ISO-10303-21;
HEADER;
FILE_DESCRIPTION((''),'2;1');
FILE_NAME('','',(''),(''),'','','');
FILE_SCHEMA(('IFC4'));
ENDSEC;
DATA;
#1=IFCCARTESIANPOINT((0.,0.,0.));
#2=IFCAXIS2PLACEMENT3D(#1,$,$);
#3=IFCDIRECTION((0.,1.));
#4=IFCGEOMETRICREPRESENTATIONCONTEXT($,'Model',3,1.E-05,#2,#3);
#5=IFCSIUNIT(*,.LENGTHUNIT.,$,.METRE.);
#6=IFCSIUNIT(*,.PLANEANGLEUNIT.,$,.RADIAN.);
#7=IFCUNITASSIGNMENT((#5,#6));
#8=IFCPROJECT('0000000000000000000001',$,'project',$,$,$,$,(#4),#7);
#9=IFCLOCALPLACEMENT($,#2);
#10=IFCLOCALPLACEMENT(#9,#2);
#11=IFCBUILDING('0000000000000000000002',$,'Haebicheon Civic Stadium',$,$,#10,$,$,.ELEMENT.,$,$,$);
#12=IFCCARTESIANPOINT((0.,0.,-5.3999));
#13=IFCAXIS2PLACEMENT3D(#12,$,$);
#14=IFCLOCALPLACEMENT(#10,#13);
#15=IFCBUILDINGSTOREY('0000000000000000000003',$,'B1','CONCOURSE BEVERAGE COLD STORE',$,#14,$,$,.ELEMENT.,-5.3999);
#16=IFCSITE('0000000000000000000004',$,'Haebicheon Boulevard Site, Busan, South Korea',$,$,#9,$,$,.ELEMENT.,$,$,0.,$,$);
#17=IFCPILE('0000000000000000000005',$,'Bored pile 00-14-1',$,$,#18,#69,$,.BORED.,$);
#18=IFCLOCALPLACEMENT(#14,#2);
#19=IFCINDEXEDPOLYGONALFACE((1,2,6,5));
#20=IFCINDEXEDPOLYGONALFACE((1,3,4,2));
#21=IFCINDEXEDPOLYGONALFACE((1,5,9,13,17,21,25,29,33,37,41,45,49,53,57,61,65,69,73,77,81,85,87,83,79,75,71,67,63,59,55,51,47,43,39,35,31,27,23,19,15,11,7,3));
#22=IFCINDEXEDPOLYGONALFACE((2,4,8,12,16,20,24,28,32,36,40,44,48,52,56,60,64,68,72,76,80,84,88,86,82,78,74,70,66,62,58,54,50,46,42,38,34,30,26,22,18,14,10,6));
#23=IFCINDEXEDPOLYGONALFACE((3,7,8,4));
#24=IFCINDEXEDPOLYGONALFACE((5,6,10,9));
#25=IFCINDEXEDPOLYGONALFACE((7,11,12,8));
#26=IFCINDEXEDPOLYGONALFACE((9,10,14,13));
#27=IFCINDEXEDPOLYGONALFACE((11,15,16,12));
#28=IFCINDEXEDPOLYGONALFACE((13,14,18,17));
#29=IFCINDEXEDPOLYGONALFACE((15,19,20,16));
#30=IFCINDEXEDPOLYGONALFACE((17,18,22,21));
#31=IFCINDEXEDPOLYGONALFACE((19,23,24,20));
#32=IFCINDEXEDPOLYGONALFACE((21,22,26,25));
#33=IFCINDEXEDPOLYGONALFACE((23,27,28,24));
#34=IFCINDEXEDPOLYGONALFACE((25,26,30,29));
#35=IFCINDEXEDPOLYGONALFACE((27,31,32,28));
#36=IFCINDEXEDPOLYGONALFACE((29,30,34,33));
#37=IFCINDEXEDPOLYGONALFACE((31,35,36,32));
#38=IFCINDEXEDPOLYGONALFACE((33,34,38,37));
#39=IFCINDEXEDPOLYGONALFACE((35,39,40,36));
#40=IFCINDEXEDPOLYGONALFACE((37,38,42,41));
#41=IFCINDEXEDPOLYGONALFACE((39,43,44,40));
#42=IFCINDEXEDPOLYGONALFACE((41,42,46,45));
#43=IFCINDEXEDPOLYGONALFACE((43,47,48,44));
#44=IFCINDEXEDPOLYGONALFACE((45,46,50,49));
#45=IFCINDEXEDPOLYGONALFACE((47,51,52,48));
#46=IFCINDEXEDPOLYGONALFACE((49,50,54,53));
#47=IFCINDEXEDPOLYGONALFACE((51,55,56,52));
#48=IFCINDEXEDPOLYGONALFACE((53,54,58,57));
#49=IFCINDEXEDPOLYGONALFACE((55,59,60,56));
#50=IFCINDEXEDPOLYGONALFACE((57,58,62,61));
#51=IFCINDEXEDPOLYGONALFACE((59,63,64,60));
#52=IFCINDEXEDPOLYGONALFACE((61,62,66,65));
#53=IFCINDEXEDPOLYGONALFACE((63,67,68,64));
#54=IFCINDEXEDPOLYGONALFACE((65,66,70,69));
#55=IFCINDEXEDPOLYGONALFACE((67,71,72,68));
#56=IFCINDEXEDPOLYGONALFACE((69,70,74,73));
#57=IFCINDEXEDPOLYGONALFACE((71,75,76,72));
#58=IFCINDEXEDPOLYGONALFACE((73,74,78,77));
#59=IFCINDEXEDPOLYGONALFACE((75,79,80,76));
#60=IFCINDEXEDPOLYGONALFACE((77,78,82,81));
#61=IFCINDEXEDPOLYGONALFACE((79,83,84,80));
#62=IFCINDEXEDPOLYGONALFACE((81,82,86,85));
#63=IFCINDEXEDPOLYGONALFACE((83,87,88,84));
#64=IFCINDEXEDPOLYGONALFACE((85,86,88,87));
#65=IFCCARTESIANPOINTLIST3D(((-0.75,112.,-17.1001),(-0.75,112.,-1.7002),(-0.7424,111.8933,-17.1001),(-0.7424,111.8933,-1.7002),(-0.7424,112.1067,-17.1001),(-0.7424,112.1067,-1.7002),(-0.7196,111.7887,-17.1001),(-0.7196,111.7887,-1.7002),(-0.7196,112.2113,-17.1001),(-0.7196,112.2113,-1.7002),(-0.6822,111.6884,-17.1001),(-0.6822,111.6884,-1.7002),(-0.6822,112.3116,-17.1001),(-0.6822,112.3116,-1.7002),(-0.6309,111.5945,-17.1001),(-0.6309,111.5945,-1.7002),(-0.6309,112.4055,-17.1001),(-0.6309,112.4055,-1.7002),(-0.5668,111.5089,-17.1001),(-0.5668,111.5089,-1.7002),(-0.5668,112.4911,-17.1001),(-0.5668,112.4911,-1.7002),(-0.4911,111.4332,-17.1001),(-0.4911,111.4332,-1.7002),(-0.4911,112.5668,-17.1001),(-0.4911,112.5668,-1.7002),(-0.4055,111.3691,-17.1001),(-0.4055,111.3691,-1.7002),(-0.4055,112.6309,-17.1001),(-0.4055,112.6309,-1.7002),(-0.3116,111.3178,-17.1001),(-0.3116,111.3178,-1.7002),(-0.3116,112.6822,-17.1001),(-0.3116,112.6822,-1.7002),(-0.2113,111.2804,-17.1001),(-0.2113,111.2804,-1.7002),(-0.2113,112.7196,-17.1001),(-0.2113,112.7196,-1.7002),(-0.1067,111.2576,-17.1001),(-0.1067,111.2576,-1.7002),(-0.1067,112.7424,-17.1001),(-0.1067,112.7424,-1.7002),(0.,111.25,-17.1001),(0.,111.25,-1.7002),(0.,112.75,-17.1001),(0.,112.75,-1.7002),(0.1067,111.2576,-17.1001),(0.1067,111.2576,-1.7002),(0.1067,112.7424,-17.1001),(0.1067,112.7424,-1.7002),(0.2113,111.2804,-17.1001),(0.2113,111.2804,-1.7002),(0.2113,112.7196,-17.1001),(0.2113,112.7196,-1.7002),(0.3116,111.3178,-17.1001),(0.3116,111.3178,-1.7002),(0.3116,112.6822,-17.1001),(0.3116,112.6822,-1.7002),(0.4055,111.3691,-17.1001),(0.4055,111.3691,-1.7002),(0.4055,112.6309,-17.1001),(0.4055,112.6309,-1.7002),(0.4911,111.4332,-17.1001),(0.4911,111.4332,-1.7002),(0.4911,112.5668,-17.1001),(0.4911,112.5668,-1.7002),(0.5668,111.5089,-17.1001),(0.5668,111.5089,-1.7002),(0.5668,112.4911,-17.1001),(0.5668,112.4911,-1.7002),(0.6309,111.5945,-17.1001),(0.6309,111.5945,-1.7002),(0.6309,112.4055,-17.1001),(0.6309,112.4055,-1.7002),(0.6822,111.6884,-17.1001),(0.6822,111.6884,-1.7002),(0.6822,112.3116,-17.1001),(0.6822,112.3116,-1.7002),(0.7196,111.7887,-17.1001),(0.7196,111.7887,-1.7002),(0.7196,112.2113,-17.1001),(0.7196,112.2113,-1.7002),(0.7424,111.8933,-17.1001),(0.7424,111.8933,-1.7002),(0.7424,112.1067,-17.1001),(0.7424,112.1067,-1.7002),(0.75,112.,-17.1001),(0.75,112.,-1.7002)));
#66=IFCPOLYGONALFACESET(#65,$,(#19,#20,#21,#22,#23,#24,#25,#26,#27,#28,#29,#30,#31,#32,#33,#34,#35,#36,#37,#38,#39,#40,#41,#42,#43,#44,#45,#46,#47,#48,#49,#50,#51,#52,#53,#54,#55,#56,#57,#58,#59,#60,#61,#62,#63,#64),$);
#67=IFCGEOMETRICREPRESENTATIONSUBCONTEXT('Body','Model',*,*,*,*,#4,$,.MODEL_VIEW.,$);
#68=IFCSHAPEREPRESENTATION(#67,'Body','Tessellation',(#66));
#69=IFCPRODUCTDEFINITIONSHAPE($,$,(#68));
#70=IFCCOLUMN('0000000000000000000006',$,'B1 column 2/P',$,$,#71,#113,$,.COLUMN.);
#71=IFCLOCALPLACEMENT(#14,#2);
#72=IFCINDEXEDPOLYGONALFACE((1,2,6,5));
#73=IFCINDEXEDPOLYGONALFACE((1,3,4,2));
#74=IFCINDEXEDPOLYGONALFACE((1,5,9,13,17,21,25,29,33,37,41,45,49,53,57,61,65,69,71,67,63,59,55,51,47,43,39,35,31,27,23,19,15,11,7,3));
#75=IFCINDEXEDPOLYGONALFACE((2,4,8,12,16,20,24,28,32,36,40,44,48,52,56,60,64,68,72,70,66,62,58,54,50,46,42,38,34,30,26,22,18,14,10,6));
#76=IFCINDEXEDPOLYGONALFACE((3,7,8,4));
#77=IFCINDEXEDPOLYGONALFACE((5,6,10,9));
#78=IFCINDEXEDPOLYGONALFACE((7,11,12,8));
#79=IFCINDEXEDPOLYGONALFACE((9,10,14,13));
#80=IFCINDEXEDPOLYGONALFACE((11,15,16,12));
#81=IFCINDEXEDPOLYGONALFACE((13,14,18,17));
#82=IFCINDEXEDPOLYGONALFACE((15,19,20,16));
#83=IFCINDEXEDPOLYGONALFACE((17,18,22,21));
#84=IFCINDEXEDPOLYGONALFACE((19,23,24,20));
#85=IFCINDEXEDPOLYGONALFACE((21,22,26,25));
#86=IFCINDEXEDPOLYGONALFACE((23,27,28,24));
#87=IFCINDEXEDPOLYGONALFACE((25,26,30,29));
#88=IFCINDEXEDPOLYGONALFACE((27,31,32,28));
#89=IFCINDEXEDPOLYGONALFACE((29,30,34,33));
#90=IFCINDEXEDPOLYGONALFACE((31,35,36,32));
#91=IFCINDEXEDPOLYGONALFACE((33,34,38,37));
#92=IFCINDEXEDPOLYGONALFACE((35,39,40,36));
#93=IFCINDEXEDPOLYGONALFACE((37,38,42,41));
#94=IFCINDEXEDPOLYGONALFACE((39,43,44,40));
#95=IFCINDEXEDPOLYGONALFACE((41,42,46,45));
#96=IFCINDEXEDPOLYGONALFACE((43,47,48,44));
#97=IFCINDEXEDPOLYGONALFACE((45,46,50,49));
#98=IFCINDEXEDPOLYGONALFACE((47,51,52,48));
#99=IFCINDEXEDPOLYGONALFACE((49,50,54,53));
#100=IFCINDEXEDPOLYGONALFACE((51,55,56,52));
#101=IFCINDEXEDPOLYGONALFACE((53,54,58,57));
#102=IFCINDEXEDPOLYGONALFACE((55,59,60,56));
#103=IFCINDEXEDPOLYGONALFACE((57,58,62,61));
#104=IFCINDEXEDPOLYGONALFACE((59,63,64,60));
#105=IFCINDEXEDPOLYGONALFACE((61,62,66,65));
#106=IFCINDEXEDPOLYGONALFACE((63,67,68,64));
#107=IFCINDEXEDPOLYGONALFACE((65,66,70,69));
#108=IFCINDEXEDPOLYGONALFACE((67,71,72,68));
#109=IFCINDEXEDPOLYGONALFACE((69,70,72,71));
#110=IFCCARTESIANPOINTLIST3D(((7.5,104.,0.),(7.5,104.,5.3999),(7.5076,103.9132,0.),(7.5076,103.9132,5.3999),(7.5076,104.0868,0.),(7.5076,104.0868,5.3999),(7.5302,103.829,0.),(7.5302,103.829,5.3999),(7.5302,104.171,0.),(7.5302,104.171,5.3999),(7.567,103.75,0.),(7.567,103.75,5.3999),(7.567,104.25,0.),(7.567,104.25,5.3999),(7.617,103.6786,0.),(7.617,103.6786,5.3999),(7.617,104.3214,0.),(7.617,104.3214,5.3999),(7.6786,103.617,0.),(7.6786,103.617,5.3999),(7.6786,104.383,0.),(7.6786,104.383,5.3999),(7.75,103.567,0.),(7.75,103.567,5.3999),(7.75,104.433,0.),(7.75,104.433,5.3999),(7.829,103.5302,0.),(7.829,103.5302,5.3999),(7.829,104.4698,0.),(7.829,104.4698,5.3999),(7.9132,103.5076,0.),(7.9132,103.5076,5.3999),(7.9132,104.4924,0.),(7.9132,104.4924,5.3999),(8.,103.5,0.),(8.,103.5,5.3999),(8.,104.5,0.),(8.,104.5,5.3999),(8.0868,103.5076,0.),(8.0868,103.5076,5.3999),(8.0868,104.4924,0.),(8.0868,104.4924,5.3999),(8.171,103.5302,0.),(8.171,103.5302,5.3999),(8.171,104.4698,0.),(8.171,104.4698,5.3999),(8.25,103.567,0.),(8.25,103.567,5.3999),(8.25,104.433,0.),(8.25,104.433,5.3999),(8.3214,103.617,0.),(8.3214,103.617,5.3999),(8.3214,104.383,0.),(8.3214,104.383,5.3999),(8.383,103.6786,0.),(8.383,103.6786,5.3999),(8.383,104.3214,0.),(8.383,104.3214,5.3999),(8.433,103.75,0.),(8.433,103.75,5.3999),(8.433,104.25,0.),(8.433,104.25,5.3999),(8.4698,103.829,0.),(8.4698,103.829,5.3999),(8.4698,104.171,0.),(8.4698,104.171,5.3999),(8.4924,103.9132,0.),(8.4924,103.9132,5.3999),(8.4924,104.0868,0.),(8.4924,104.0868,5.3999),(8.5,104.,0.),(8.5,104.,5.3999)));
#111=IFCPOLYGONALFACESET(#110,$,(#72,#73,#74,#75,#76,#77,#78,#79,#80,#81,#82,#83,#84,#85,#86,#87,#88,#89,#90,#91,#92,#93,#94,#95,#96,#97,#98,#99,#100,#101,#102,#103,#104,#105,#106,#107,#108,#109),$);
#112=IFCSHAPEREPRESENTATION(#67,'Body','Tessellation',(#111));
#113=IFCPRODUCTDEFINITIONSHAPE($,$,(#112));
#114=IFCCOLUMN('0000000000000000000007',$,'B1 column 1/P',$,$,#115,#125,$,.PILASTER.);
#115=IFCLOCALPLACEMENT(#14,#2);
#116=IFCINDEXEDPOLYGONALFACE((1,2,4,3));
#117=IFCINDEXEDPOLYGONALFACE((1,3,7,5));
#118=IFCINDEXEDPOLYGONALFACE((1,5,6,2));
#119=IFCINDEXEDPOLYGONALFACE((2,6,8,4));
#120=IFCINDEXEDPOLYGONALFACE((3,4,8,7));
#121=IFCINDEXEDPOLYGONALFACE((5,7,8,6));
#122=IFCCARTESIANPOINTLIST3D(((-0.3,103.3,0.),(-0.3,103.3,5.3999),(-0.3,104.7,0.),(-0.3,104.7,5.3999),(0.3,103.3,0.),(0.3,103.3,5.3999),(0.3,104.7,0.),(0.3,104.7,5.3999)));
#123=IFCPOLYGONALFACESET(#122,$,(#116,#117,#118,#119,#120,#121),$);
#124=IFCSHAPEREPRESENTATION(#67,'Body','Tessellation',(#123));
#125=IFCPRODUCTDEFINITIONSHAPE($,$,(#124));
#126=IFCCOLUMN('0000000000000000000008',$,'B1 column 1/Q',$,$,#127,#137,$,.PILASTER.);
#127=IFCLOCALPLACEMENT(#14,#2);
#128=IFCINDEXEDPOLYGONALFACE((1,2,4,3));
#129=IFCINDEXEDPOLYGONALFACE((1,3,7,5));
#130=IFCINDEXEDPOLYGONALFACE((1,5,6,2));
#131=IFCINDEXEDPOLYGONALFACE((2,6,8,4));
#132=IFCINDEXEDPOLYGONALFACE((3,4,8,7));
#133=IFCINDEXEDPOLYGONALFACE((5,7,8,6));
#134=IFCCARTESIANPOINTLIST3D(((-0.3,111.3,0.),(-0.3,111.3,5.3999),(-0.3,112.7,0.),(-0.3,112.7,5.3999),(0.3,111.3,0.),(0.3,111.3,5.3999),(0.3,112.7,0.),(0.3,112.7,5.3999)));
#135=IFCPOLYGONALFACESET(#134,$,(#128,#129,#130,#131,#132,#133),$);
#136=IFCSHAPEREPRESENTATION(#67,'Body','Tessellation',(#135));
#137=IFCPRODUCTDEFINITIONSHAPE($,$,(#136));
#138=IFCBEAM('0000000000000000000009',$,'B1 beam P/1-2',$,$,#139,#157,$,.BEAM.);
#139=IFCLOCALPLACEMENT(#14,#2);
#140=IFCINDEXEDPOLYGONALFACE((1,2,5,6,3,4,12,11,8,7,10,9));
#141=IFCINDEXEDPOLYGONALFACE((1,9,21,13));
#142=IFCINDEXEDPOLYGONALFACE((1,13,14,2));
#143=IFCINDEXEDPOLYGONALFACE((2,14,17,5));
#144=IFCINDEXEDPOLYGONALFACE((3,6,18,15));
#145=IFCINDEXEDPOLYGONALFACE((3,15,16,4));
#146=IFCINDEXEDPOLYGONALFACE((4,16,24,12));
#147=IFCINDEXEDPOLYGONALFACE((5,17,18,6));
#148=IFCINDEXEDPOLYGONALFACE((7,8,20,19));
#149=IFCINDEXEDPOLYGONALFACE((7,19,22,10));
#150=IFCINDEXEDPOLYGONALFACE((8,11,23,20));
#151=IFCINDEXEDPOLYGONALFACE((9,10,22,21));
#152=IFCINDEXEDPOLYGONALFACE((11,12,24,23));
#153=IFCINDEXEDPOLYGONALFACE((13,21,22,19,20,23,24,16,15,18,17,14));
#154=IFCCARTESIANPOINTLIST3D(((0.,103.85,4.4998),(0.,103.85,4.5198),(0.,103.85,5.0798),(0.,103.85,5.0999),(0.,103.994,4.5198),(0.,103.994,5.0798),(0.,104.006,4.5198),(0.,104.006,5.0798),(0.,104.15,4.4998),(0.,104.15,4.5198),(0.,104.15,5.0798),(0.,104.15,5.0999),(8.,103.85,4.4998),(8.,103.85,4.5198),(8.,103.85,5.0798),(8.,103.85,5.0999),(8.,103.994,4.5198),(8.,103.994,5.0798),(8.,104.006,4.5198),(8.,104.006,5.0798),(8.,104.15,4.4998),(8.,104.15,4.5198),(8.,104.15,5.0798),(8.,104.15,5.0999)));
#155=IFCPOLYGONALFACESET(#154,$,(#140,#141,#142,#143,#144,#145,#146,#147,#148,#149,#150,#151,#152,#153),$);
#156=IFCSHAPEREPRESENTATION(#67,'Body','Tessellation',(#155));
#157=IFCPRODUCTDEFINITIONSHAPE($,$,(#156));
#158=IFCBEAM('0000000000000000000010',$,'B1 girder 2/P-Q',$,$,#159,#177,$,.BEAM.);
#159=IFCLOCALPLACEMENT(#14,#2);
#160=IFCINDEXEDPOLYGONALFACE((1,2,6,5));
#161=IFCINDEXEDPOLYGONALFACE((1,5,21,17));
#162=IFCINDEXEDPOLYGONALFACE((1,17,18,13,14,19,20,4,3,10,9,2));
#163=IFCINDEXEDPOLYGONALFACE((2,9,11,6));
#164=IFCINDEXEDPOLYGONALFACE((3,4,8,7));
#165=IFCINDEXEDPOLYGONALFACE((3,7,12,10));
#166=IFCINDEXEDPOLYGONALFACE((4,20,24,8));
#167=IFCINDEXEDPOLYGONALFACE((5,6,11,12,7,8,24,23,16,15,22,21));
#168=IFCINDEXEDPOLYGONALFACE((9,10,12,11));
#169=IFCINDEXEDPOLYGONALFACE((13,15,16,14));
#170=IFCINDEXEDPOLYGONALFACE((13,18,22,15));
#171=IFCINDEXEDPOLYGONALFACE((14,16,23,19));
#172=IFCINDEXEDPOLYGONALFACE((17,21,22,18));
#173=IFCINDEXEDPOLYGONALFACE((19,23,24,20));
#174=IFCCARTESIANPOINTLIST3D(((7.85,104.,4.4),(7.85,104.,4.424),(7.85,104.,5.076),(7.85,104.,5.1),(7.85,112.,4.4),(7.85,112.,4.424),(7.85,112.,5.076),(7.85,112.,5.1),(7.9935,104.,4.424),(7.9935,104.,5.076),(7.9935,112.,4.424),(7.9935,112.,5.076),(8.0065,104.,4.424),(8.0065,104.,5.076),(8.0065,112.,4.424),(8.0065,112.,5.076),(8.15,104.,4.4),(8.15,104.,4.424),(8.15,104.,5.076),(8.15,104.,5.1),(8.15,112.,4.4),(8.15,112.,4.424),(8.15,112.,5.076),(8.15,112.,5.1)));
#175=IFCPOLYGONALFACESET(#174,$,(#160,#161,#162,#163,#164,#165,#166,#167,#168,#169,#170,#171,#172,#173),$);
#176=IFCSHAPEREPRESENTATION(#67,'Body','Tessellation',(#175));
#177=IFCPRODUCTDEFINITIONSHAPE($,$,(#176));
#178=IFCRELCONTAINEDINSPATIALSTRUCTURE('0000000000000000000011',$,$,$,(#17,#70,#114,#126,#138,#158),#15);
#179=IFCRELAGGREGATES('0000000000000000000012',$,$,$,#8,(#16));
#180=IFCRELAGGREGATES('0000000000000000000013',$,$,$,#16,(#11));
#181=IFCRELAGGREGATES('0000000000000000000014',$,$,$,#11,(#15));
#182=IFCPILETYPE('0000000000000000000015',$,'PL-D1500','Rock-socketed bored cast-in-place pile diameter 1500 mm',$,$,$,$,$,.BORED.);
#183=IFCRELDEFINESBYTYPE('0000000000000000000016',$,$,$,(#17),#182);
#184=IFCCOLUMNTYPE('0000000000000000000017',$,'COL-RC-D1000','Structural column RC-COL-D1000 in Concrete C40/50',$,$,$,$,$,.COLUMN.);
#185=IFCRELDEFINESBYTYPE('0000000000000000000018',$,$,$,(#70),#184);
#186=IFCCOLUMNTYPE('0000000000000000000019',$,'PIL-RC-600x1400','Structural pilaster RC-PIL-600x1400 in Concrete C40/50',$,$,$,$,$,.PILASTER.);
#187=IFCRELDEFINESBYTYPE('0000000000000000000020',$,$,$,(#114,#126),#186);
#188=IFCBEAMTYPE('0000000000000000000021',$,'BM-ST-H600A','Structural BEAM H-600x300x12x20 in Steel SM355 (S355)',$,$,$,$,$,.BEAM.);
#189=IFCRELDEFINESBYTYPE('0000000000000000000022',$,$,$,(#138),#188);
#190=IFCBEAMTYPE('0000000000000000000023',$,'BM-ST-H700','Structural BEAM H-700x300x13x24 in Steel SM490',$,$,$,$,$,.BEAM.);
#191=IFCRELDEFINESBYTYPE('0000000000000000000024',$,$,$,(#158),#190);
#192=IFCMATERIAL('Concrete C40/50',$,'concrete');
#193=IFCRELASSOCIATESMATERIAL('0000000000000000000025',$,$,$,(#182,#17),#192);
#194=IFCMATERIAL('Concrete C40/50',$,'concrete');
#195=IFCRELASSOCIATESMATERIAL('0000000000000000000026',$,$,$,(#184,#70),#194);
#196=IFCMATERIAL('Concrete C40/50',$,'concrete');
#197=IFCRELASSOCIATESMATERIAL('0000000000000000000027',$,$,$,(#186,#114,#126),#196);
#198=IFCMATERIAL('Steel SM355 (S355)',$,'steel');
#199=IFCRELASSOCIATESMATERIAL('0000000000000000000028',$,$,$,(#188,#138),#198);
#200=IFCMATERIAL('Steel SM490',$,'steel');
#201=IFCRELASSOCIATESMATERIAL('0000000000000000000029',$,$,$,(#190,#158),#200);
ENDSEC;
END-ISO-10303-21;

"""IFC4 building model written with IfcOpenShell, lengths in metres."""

from ifc_helpers import new_model, si_unit, direction, frame, origin, origin_2d, place, context, subcontext, project, spatial, rectangle, circle, i_section, extrude, material, material_profile, profile_set, type_object, element, save


model = new_model("IFC4")

# Units and contexts
model_context = context("Model", 3, precision=1e-05, world=origin(), true_north=direction((0.0, 1.0)))
body_context = subcontext(model_context, "Body", "Model", "MODEL_VIEW")
ifc_project = project(units=[si_unit("LENGTHUNIT", "METRE"), si_unit("PLANEANGLEUNIT", "RADIAN")], contexts=[model_context])

# Site, building, storey
site_placement = place(None, origin())
site = spatial("IfcSite", under=ifc_project, at=site_placement, Name="Haebicheon Boulevard Site, Busan, South Korea", CompositionType="ELEMENT", RefElevation=0.0)
building_placement = place(site_placement, origin())
building = spatial("IfcBuilding", under=site, at=building_placement, Name="Haebicheon Civic Stadium", CompositionType="ELEMENT")
storey_placement = place(building_placement, frame((0.0, 0.0, -5.3999)))
storey = spatial("IfcBuildingStorey", under=building, at=storey_placement, Name="B1", Description="CONCOURSE BEVERAGE COLD STORE", CompositionType="ELEMENT", Elevation=-5.3999)

# Pile
ifc_material_1 = material(Name="Concrete C40/50", Category="concrete")
ifc_material_profile_1 = material_profile(ifc_material_1, circle(Radius=0.75, at=origin_2d()), Name="PILE-D1500")
ifc_profile_set_1 = profile_set([ifc_material_profile_1], Name="Concrete C40/50")
pile_type_1 = type_object("IfcPileType", Name="PL-D1500", Description="Rock-socketed bored cast-in-place pile diameter 1500 mm", PredefinedType="BORED", material=ifc_profile_set_1)
pile_placement = place(storey_placement, frame((0.0, 112.0, -1.7002), z_axis=(0.0, 0.0, -1.0), x_axis=(1.0, 0.0, 0.0)))
element("IfcPile", 1, at=pile_placement, inside=storey, type_object=pile_type_1, material=ifc_profile_set_1, Name="Bored pile 00-14-1", PredefinedType="BORED", context=body_context, shape_type="SweptSolid", body=[
    extrude(circle(Radius=0.75, at=origin_2d()), origin(), (0.0, 0.0, 1.0), 15.3999),
])

# Columns
ifc_material_2 = material(Name="Concrete C40/50", Category="concrete")
ifc_material_profile_2 = material_profile(ifc_material_2, circle(Radius=0.5, at=origin_2d()), Name="RC-COL-D1000")
ifc_profile_set_2 = profile_set([ifc_material_profile_2], Name="Concrete C40/50")
column_type_1 = type_object("IfcColumnType", Name="COL-RC-D1000", Description="Structural column RC-COL-D1000 in Concrete C40/50", PredefinedType="COLUMN", material=ifc_profile_set_2)
column_placement = place(storey_placement, frame((8.0, 104.0, 0.0), z_axis=(0.0, 0.0, 1.0), x_axis=(1.0, 0.0, 0.0)))
element("IfcColumn", 2, at=column_placement, inside=storey, type_object=column_type_1, material=ifc_profile_set_2, Name="B1 column 2/P", PredefinedType="COLUMN", context=body_context, shape_type="SweptSolid", body=[
    extrude(circle(Radius=0.5, at=origin_2d()), origin(), (0.0, 0.0, 1.0), 5.3999),
])
ifc_material_3 = material(Name="Concrete C40/50", Category="concrete")
ifc_material_profile_3 = material_profile(ifc_material_3, rectangle(XDim=0.6001, YDim=1.3999, at=origin_2d()), Name="RC-PIL-600x1400")
ifc_profile_set_3 = profile_set([ifc_material_profile_3], Name="Concrete C40/50")
column_type_2 = type_object("IfcColumnType", Name="PIL-RC-600x1400", Description="Structural pilaster RC-PIL-600x1400 in Concrete C40/50", PredefinedType="PILASTER", material=ifc_profile_set_3)
for number, where, z_axis, x_axis, name in (
    (3, (0.0, 104.0, 0.0), (0.0, 0.0, 1.0), (1.0, 0.0, 0.0), "B1 column 1/P"),
    (4, (0.0, 112.0, 0.0), (0.0, 0.0, 1.0), (1.0, 0.0, 0.0), "B1 column 1/Q"),
):
    element("IfcColumn", number, at=place(storey_placement, frame(where, z_axis=z_axis, x_axis=x_axis)), inside=storey, type_object=column_type_2, material=ifc_profile_set_3, Name=name, PredefinedType="PILASTER", context=body_context, shape_type="SweptSolid", body=[
        extrude(rectangle(XDim=0.6001, YDim=1.3999, at=origin_2d()), origin(), (0.0, 0.0, 1.0), 5.3999),
    ])

# Beams
ifc_material_4 = material(Name="Steel SM355 (S355)", Category="steel")
ifc_material_profile_4 = material_profile(ifc_material_4, i_section(OverallWidth=0.3, OverallDepth=0.6001, WebThickness=0.012, FlangeThickness=0.02, at=origin_2d()), Name="H-600x300x12x20")
ifc_profile_set_4 = profile_set([ifc_material_profile_4], Name="Steel SM355 (S355)")
beam_type_1 = type_object("IfcBeamType", Name="BM-ST-H600A", Description="Structural BEAM H-600x300x12x20 in Steel SM355 (S355)", PredefinedType="BEAM", material=ifc_profile_set_4)
beam_1_placement = place(storey_placement, frame((0.0, 104.0, 4.7998), z_axis=(1.0, 0.0, 0.0), x_axis=(0.0, 1.0, 0.0)))
element("IfcBeam", 5, at=beam_1_placement, inside=storey, type_object=beam_type_1, material=ifc_profile_set_4, Name="B1 beam P/1-2", PredefinedType="BEAM", context=body_context, shape_type="SweptSolid", body=[
    extrude(i_section(OverallWidth=0.3, OverallDepth=0.6001, WebThickness=0.012, FlangeThickness=0.02, at=origin_2d()), origin(), (0.0, 0.0, 1.0), 8.0),
])
ifc_material_5 = material(Name="Steel SM490", Category="steel")
ifc_material_profile_5 = material_profile(ifc_material_5, i_section(OverallWidth=0.3, OverallDepth=0.7, WebThickness=0.0129, FlangeThickness=0.0239, at=origin_2d()), Name="H-700x300x13x24")
ifc_profile_set_5 = profile_set([ifc_material_profile_5], Name="Steel SM490")
beam_type_2 = type_object("IfcBeamType", Name="BM-ST-H700", Description="Structural BEAM H-700x300x13x24 in Steel SM490", PredefinedType="BEAM", material=ifc_profile_set_5)
beam_2_placement = place(storey_placement, frame((8.0, 104.0, 4.75), z_axis=(0.0, 1.0, 0.0), x_axis=(-1.0, 0.0, 0.0)))
element("IfcBeam", 6, at=beam_2_placement, inside=storey, type_object=beam_type_2, material=ifc_profile_set_5, Name="B1 girder 2/P-Q", PredefinedType="BEAM", context=body_context, shape_type="SweptSolid", body=[
    extrude(i_section(OverallWidth=0.3, OverallDepth=0.7, WebThickness=0.0129, FlangeThickness=0.0239, at=origin_2d()), origin(), (0.0, 0.0, 1.0), 8.0),
])

save(model, "model.ifc")
